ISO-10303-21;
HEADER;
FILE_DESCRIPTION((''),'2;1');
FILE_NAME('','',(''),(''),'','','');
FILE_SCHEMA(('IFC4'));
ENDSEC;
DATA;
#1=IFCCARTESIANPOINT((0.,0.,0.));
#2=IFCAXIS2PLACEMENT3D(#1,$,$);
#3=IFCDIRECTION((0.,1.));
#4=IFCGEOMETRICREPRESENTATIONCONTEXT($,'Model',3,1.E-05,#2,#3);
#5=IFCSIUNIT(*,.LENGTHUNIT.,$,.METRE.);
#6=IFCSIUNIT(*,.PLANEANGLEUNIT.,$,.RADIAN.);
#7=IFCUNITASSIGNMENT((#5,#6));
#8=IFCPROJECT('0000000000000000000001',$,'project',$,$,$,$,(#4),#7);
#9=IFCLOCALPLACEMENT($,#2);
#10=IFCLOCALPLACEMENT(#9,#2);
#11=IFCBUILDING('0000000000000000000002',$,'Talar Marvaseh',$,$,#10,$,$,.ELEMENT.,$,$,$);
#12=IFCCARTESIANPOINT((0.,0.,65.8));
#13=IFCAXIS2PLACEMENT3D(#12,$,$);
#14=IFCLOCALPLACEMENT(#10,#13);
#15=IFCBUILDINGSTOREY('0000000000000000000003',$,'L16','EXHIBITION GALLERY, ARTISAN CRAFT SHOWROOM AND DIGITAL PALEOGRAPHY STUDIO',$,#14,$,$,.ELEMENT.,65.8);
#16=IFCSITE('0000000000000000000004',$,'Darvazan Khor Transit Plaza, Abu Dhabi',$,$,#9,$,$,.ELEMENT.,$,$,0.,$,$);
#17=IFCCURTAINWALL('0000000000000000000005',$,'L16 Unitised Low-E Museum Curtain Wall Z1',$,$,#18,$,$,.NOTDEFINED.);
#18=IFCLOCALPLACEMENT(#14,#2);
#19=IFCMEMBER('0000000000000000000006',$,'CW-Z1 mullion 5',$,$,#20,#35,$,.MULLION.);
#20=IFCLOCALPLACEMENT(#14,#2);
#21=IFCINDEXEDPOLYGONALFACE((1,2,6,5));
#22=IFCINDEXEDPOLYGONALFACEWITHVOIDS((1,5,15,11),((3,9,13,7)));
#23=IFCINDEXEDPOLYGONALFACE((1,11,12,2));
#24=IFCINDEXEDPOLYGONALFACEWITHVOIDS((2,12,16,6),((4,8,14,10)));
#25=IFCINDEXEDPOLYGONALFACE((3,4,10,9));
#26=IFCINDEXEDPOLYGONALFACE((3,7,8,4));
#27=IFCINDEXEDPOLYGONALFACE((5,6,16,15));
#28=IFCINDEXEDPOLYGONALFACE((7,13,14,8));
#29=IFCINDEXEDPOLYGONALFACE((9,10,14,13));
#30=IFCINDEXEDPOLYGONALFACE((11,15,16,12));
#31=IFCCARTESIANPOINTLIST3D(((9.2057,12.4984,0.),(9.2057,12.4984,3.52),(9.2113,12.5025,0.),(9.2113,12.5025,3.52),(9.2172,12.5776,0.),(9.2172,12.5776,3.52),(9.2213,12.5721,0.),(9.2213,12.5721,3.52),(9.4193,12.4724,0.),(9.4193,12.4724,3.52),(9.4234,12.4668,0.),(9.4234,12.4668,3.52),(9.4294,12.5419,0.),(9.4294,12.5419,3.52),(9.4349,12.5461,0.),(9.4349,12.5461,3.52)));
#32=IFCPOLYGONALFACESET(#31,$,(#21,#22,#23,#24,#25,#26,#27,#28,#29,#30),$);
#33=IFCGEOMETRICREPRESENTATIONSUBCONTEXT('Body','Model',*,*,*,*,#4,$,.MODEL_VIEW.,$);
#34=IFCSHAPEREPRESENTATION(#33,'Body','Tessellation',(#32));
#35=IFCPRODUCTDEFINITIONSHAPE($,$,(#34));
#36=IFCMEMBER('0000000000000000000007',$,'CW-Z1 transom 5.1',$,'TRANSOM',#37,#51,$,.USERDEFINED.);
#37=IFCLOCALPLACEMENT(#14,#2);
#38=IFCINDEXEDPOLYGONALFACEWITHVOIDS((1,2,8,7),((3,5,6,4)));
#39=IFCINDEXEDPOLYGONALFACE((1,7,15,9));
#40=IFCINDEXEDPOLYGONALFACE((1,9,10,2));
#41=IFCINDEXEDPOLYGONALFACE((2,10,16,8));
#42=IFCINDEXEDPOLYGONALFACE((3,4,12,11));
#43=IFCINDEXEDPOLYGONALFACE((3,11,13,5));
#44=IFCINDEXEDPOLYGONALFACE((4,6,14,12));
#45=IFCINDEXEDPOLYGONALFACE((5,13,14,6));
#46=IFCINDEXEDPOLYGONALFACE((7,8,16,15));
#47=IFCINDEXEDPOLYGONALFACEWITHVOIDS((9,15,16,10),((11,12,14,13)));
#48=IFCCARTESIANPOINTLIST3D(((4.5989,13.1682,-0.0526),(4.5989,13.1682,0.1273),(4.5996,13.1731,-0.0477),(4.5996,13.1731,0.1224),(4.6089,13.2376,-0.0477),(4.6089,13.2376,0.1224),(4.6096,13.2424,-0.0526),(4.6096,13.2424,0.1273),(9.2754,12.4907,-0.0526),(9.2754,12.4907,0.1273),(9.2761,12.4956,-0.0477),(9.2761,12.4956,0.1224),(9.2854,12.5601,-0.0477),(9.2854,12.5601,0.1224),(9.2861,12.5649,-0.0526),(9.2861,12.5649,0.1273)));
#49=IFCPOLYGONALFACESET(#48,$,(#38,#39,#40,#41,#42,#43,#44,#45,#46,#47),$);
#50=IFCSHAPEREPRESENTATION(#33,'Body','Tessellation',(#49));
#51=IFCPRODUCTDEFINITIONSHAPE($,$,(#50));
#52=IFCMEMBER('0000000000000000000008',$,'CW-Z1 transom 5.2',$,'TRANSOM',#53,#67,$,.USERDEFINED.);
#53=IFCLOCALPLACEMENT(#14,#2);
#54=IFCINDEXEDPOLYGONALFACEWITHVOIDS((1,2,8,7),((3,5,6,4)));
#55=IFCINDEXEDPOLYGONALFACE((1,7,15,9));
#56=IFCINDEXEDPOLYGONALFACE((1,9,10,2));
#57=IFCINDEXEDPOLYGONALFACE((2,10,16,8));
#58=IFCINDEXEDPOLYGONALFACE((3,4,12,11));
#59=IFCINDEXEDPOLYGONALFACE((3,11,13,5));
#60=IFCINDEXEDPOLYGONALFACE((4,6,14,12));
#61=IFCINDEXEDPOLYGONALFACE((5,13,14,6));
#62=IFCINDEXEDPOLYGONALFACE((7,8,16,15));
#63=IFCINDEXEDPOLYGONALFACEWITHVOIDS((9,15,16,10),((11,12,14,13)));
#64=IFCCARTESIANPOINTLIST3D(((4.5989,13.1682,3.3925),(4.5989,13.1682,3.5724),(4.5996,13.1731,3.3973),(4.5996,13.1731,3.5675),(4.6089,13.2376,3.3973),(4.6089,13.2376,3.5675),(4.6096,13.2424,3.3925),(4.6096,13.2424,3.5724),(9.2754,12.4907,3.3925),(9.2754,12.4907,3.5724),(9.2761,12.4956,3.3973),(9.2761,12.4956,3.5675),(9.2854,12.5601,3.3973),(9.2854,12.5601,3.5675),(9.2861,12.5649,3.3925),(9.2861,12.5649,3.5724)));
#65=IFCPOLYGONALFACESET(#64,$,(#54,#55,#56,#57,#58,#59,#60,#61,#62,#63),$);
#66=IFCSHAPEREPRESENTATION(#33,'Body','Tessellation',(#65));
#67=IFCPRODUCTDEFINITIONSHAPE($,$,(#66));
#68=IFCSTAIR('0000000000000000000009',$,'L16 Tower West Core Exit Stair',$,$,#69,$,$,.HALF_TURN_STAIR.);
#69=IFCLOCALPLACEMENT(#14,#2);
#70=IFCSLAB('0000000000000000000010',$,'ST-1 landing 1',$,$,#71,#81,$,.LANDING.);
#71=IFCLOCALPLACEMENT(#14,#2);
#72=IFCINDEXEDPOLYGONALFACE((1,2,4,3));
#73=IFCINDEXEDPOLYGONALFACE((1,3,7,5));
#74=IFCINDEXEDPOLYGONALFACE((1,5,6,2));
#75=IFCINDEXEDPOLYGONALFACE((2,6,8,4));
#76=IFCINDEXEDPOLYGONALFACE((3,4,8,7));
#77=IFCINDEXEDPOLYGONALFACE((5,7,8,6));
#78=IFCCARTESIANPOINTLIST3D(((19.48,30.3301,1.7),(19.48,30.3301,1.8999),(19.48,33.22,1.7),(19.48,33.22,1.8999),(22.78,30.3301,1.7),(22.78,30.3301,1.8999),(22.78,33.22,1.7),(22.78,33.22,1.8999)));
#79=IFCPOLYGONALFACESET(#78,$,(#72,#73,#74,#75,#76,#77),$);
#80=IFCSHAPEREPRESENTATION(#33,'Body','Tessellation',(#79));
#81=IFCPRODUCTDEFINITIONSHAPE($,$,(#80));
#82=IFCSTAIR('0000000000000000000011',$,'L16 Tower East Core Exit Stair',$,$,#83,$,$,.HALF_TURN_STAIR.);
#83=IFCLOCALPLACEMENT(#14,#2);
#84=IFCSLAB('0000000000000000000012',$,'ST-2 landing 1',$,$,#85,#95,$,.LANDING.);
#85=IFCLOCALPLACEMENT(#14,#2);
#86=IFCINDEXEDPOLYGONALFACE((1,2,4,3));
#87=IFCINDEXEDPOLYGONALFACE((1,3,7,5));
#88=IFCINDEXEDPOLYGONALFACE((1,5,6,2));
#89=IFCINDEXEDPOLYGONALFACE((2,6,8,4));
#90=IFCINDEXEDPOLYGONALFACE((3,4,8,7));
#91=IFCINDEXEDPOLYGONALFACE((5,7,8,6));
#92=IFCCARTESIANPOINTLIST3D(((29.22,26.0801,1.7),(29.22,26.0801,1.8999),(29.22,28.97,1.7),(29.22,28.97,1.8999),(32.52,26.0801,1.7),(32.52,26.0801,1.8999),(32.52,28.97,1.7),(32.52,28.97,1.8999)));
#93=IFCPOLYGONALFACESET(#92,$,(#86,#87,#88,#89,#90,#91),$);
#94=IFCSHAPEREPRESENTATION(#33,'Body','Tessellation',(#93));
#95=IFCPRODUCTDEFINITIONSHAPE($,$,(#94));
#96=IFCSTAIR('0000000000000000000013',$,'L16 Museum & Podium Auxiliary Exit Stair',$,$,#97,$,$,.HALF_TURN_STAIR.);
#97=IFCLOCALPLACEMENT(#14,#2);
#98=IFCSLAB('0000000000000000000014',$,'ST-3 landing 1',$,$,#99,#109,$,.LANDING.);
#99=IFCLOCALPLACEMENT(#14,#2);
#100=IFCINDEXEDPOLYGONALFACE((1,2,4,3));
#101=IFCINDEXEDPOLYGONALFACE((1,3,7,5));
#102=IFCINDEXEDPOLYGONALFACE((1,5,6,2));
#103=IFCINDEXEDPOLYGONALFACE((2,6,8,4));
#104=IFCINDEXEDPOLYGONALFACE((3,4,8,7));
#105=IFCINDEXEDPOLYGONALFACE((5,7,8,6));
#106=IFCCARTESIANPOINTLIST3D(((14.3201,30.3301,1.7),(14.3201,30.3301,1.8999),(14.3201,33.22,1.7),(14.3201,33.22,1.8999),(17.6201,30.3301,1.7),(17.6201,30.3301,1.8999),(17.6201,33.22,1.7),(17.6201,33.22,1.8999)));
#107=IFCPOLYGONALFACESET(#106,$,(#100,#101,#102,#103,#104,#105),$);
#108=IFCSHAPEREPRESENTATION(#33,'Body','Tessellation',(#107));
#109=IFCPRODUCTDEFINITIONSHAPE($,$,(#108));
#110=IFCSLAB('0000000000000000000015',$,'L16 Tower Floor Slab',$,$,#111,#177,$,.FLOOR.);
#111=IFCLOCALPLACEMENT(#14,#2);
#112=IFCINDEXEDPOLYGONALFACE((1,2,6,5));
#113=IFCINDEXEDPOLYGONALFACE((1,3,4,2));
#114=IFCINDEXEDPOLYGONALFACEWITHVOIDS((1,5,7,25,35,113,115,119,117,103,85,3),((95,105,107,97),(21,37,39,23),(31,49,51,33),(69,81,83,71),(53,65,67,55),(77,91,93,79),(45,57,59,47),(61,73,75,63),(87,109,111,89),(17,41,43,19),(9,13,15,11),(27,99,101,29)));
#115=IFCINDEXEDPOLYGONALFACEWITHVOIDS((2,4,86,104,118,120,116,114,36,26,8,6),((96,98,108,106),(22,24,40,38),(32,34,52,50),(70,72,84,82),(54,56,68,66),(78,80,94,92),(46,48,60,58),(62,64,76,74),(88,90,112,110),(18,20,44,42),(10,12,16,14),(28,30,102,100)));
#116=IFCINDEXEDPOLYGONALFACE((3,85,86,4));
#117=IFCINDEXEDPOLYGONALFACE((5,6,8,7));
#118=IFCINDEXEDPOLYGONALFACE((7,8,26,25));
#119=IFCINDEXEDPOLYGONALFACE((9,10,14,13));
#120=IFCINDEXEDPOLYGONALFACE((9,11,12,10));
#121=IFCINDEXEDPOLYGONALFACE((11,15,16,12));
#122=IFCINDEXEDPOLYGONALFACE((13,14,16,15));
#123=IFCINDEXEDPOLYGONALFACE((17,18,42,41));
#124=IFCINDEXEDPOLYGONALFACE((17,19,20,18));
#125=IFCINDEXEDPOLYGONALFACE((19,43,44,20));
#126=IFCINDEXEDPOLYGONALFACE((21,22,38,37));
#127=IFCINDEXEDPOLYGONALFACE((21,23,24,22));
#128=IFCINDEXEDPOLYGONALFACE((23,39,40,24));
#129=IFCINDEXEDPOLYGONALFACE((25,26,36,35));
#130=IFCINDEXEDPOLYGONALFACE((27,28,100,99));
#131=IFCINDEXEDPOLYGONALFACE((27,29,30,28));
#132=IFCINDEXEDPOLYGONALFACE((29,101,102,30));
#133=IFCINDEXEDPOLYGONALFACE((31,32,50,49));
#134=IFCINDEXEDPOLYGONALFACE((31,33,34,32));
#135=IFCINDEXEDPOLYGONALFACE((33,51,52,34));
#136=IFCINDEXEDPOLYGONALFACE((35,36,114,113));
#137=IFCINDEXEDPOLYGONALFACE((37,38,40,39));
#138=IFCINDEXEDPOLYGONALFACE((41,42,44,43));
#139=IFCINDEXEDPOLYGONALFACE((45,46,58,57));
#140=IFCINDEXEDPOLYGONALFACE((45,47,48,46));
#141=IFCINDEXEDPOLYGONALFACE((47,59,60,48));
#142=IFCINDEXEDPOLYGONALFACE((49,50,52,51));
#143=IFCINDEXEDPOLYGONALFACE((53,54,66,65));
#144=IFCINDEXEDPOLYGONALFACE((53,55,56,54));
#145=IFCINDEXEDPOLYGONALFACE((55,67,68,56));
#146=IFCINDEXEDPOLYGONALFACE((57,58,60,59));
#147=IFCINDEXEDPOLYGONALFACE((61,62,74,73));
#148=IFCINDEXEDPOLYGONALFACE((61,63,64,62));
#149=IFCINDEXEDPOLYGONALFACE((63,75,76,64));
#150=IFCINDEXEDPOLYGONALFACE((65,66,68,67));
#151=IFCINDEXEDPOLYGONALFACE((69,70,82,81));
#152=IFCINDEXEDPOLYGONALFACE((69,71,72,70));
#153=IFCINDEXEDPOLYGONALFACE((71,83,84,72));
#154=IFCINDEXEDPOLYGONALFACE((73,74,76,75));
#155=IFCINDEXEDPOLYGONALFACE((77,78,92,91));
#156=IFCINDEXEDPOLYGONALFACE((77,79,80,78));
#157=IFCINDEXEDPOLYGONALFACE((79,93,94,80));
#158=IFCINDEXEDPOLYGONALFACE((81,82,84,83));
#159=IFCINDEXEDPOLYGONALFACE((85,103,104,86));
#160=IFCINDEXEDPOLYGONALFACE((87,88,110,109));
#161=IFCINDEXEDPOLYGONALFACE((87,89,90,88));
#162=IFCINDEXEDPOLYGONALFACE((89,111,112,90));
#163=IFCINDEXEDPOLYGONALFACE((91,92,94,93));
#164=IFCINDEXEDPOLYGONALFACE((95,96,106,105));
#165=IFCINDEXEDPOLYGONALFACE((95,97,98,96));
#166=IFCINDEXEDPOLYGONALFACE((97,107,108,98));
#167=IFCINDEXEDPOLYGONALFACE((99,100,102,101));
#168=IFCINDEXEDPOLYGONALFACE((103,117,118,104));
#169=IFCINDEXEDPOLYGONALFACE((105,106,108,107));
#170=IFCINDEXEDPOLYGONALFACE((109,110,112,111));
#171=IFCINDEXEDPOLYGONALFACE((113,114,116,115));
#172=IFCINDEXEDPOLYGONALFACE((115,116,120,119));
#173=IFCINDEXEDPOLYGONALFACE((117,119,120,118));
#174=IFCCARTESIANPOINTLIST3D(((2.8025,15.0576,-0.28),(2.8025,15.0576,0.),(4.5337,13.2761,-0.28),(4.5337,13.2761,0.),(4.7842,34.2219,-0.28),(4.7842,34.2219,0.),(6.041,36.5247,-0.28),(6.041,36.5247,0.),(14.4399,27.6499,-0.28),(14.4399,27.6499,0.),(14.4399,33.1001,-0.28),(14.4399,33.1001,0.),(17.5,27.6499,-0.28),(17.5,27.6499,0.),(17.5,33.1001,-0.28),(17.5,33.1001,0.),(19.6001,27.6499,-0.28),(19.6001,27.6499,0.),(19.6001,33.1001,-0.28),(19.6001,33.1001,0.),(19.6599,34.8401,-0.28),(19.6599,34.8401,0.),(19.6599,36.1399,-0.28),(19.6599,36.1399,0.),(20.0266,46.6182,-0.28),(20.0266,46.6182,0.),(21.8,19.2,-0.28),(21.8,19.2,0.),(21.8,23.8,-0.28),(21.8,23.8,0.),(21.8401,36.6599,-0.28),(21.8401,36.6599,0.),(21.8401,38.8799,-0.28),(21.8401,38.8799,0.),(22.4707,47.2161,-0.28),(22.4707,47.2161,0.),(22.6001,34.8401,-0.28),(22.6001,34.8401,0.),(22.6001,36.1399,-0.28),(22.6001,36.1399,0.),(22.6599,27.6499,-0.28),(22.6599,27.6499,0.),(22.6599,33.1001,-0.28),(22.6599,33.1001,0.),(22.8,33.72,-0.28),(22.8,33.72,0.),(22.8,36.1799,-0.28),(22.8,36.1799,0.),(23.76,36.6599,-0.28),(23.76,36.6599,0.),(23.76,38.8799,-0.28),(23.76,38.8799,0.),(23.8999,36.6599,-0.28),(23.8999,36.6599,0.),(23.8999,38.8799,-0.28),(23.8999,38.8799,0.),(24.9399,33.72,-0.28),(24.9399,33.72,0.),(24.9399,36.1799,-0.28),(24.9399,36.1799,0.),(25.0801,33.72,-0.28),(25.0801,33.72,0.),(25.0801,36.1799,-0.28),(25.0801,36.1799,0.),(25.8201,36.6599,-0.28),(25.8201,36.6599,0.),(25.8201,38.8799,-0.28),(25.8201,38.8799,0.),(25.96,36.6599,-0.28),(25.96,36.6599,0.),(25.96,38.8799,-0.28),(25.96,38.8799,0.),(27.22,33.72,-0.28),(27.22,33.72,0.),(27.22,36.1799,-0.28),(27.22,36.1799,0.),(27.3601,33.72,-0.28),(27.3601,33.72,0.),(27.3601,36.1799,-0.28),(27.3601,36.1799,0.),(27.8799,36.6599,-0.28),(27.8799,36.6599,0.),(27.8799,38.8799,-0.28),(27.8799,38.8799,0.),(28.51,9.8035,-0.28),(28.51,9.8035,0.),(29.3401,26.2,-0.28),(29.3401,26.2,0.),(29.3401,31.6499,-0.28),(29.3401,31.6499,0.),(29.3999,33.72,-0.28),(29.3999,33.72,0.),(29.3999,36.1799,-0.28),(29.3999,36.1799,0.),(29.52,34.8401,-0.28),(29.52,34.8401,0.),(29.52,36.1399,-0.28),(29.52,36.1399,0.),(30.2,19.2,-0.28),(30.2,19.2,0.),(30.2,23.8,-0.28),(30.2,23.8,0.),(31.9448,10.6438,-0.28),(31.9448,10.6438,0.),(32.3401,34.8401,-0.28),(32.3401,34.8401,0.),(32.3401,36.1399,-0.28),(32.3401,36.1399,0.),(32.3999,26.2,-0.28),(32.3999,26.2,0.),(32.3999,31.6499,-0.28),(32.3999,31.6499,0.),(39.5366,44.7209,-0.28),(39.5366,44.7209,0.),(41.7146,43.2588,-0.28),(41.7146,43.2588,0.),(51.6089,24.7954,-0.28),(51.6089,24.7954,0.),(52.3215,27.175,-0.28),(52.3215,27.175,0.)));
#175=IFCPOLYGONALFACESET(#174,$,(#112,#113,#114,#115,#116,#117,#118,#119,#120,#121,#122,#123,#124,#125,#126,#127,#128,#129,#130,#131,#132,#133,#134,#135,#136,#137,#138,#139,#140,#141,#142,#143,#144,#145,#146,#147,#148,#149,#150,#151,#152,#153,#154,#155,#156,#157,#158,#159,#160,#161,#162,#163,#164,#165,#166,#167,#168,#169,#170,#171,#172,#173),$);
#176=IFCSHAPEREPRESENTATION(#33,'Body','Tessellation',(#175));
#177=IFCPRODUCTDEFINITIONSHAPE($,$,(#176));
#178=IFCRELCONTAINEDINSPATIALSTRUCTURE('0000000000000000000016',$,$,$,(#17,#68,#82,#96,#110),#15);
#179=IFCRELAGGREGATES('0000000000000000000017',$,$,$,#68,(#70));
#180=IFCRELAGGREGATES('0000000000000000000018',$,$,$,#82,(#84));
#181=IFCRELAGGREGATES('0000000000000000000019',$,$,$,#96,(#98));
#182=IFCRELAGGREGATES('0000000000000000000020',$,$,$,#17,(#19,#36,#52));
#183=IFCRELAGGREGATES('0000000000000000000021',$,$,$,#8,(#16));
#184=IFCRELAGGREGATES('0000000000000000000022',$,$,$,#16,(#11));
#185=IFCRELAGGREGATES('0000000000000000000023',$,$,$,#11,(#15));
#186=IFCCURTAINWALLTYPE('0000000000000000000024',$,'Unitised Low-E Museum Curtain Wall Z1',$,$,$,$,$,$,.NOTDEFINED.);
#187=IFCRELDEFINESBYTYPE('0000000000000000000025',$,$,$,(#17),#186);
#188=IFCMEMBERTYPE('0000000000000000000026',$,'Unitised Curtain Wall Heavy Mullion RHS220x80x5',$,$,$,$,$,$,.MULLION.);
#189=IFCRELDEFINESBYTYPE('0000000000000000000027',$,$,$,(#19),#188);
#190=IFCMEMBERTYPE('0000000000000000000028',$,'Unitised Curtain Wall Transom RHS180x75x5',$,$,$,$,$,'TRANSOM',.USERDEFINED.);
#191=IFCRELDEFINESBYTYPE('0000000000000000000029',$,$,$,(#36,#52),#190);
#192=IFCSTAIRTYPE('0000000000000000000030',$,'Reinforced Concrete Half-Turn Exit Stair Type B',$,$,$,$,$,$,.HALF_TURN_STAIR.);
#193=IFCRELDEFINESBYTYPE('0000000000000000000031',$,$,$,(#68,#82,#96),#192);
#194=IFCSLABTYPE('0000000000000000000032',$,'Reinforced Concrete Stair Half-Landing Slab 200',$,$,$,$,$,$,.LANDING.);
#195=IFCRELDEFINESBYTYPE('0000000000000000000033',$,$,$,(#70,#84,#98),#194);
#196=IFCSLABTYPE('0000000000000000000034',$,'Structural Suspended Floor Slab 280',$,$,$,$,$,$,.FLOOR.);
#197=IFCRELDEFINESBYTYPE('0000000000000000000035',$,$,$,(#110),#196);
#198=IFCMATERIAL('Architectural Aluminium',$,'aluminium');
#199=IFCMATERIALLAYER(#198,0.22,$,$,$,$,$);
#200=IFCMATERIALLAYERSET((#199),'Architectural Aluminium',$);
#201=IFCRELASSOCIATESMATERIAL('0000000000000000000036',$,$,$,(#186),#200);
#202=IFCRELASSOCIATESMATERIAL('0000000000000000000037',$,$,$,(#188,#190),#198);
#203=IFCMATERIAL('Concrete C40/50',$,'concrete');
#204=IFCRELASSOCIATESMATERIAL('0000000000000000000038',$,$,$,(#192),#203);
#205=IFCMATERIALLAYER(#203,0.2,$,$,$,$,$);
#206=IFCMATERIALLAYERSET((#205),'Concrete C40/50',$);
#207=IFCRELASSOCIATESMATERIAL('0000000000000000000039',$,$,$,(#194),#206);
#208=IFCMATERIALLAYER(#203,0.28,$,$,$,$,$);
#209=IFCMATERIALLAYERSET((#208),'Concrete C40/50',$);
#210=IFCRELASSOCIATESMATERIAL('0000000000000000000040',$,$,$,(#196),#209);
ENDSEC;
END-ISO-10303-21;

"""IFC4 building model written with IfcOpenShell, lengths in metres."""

from ifc_helpers import new_model, si_unit, direction, frame, origin, origin_2d, place, context, subcontext, project, spatial, polyline, hollow_rectangle, outline, extrude, source, transform, mapped, material, layer, layer_set, material_profile, profile_set, type_object, type_shapes, element, aggregate, save


model = new_model("IFC4")

# Units and contexts
model_context = context("Model", 3, precision=1e-05, world=origin(), true_north=direction((0.0, 1.0)))
body_context = subcontext(model_context, "Body", "Model", "MODEL_VIEW")
ifc_project = project(units=[si_unit("LENGTHUNIT", "METRE"), si_unit("PLANEANGLEUNIT", "RADIAN")], contexts=[model_context])

# Site, building, storey
site_placement = place(None, origin())
site = spatial("IfcSite", under=ifc_project, at=site_placement, Name="Darvazan Khor Transit Plaza, Abu Dhabi", CompositionType="ELEMENT", RefElevation=0.0)
building_placement = place(site_placement, origin())
building = spatial("IfcBuilding", under=site, at=building_placement, Name="Talar Marvaseh", CompositionType="ELEMENT")
storey_placement = place(building_placement, frame((0.0, 0.0, 65.8)))
storey = spatial("IfcBuildingStorey", under=building, at=storey_placement, Name="L16", Description="EXHIBITION GALLERY, ARTISAN CRAFT SHOWROOM AND DIGITAL PALEOGRAPHY STUDIO", CompositionType="ELEMENT", Elevation=65.8)

# Curtain wall, members
ifc_material_1 = material(Name="Architectural Aluminium", Category="aluminium")
ifc_layer_1 = layer(ifc_material_1, 0.22)
ifc_layer_set_1 = layer_set([ifc_layer_1], Name="Architectural Aluminium")
curtain_wall_type = type_object("IfcCurtainWallType", Name="Unitised Low-E Museum Curtain Wall Z1", PredefinedType="NOTDEFINED", material=ifc_layer_set_1)
curtain_wall_placement = place(storey_placement, origin())
curtain_wall = element("IfcCurtainWall", 1, at=curtain_wall_placement, inside=storey, type_object=curtain_wall_type, Name="L16 Unitised Low-E Museum Curtain Wall Z1", PredefinedType="NOTDEFINED")
ifc_material_profile_1 = material_profile(ifc_material_1, hollow_rectangle(XDim=0.0801, YDim=0.22, WallThickness=0.0049, at=origin_2d()), Name="RHS220x80x5")
ifc_profile_set_1 = profile_set([ifc_material_profile_1], Name="Architectural Aluminium")
member_type_1 = type_object("IfcMemberType", Name="Unitised Curtain Wall Heavy Mullion RHS220x80x5", PredefinedType="MULLION", material=ifc_profile_set_1)
shared_shape_1 = source(origin(), body_context, "Body", "SweptSolid", [
    extrude(hollow_rectangle(XDim=0.0801, YDim=0.22, WallThickness=0.0049, at=origin_2d()), origin(), (0.0, 0.0, 1.0), 3.52),
])
type_shapes(member_type_1, [shared_shape_1])
member_1_placement = place(storey_placement, frame((9.3203, 12.5222, 0.0), z_axis=(0.0, 0.0, 1.0), x_axis=(-0.143338, -0.989674, 0.0)))
member_1 = element("IfcMember", 2, at=member_1_placement, type_object=member_type_1, Name="CW-Z1 mullion 5", PredefinedType="MULLION", context=body_context, shape_type="MappedRepresentation", body=[
    mapped(shared_shape_1, transform((0.0, 0.0, 0.0), x_axis=(1.0, 0.0, 0.0), y_axis=(0.0, 1.0, 0.0), z_axis=(0.0, 0.0, 1.0), scale=1.0)),
])
ifc_material_profile_2 = material_profile(ifc_material_1, hollow_rectangle(XDim=0.075, YDim=0.1799, WallThickness=0.0049, at=origin_2d()), Name="RHS180x75x5")
ifc_profile_set_2 = profile_set([ifc_material_profile_2], Name="Architectural Aluminium")
member_type_2 = type_object("IfcMemberType", Name="Unitised Curtain Wall Transom RHS180x75x5", ElementType="TRANSOM", PredefinedType="USERDEFINED", material=ifc_profile_set_2)
shared_shape_2 = source(origin(), body_context, "Body", "SweptSolid", [
    extrude(hollow_rectangle(XDim=0.075, YDim=0.1799, WallThickness=0.0049, at=origin_2d()), origin(), (0.0, 0.0, 1.0), 4.7253),
])
type_shapes(member_type_2, [shared_shape_2])
member_2_placement = place(storey_placement, frame((9.2808, 12.5278, 0.0374), z_axis=(-0.989669, 0.143374, 0.0), x_axis=(-0.143374, -0.989669, 0.0)))
member_2 = element("IfcMember", 3, at=member_2_placement, type_object=member_type_2, Name="CW-Z1 transom 5.1", ObjectType="TRANSOM", PredefinedType="USERDEFINED", context=body_context, shape_type="MappedRepresentation", body=[
    mapped(shared_shape_2, transform((0.0, 0.0, 0.0), x_axis=(1.0, 0.0, 0.0), y_axis=(0.0, 1.0, 0.0), z_axis=(0.0, 0.0, 1.0), scale=1.0)),
])
member_3_placement = place(storey_placement, frame((9.2808, 12.5278, 3.4824), z_axis=(-0.989669, 0.143374, 0.0), x_axis=(-0.143374, -0.989669, 0.0)))
member_3 = element("IfcMember", 4, at=member_3_placement, type_object=member_type_2, Name="CW-Z1 transom 5.2", ObjectType="TRANSOM", PredefinedType="USERDEFINED", context=body_context, shape_type="MappedRepresentation", body=[
    mapped(shared_shape_2, transform((0.0, 0.0, 0.0), x_axis=(1.0, 0.0, 0.0), y_axis=(0.0, 1.0, 0.0), z_axis=(0.0, 0.0, 1.0), scale=1.0)),
])

# Stairs, slabs
ifc_material_2 = material(Name="Concrete C40/50", Category="concrete")
stair_type = type_object("IfcStairType", Name="Reinforced Concrete Half-Turn Exit Stair Type B", PredefinedType="HALF_TURN_STAIR", material=ifc_material_2)
stair_1_placement = place(storey_placement, origin())
stair_1 = element("IfcStair", 5, at=stair_1_placement, inside=storey, type_object=stair_type, Name="L16 Tower West Core Exit Stair", PredefinedType="HALF_TURN_STAIR")
ifc_layer_2 = layer(ifc_material_2, 0.2)
ifc_layer_set_2 = layer_set([ifc_layer_2], Name="Concrete C40/50")
slab_type_1 = type_object("IfcSlabType", Name="Reinforced Concrete Stair Half-Landing Slab 200", PredefinedType="LANDING", material=ifc_layer_set_2)
slab_1_placement = place(storey_placement, frame((0.0, 0.0, 1.7)))
slab_1 = element("IfcSlab", 6, at=slab_1_placement, type_object=slab_type_1, Name="ST-1 landing 1", PredefinedType="LANDING", context=body_context, shape_type="SweptSolid", body=[
    extrude(outline(polyline([(22.78, 30.3301), (22.78, 33.22), (19.48, 33.22), (19.48, 30.3301), (22.78, 30.3301)])), origin(), (0.0, 0.0, 1.0), 0.2),
])
aggregate(stair_1, [slab_1])
stair_2_placement = place(storey_placement, origin())
stair_2 = element("IfcStair", 7, at=stair_2_placement, inside=storey, type_object=stair_type, Name="L16 Tower East Core Exit Stair", PredefinedType="HALF_TURN_STAIR")
slab_2_placement = place(storey_placement, frame((0.0, 0.0, 1.7)))
slab_2 = element("IfcSlab", 8, at=slab_2_placement, type_object=slab_type_1, Name="ST-2 landing 1", PredefinedType="LANDING", context=body_context, shape_type="SweptSolid", body=[
    extrude(outline(polyline([(29.22, 28.97), (29.22, 26.0801), (32.52, 26.0801), (32.52, 28.97), (29.22, 28.97)])), origin(), (0.0, 0.0, 1.0), 0.2),
])
aggregate(stair_2, [slab_2])
stair_3_placement = place(storey_placement, origin())
stair_3 = element("IfcStair", 9, at=stair_3_placement, inside=storey, type_object=stair_type, Name="L16 Museum & Podium Auxiliary Exit Stair", PredefinedType="HALF_TURN_STAIR")
slab_3_placement = place(storey_placement, frame((0.0, 0.0, 1.7)))
slab_3 = element("IfcSlab", 10, at=slab_3_placement, type_object=slab_type_1, Name="ST-3 landing 1", PredefinedType="LANDING", context=body_context, shape_type="SweptSolid", body=[
    extrude(outline(polyline([(17.6201, 30.3301), (17.6201, 33.22), (14.3201, 33.22), (14.3201, 30.3301), (17.6201, 30.3301)])), origin(), (0.0, 0.0, 1.0), 0.2),
])
aggregate(stair_3, [slab_3])

# Slab
ifc_layer_3 = layer(ifc_material_2, 0.28)
ifc_layer_set_3 = layer_set([ifc_layer_3], Name="Concrete C40/50")
slab_type_2 = type_object("IfcSlabType", Name="Structural Suspended Floor Slab 280", PredefinedType="FLOOR", material=ifc_layer_set_3)
slab_4_placement = place(storey_placement, frame((0.0, 0.0, -0.28)))
element("IfcSlab", 11, at=slab_4_placement, inside=storey, type_object=slab_type_2, Name="L16 Tower Floor Slab", PredefinedType="FLOOR", context=body_context, shape_type="SweptSolid", body=[
    extrude(outline(polyline([(4.5337, 13.2761), (2.8025, 15.0576), (4.7842, 34.2219), (6.041, 36.5247), (20.0266, 46.6182), (22.4707, 47.2161), (39.5366, 44.7209), (41.7146, 43.2588), (52.3215, 27.175), (51.6089, 24.7954), (31.9448, 10.6438), (28.51, 9.8035), (4.5337, 13.2761)]), holes=[polyline([(22.6599, 27.6499), (22.6599, 33.1001), (19.6001, 33.1001), (19.6001, 27.6499), (22.6599, 27.6499)]), polyline([(29.3401, 31.6499), (29.3401, 26.2), (32.3999, 26.2), (32.3999, 31.6499), (29.3401, 31.6499)]), polyline([(17.5, 27.6499), (17.5, 33.1001), (14.4399, 33.1001), (14.4399, 27.6499), (17.5, 27.6499)]), polyline([(22.8, 33.72), (24.9399, 33.72), (24.9399, 36.1799), (22.8, 36.1799), (22.8, 33.72)]), polyline([(25.0801, 33.72), (27.22, 33.72), (27.22, 36.1799), (25.0801, 36.1799), (25.0801, 33.72)]), polyline([(27.3601, 33.72), (29.3999, 33.72), (29.3999, 36.1799), (27.3601, 36.1799), (27.3601, 33.72)]), polyline([(21.8401, 36.6599), (23.76, 36.6599), (23.76, 38.8799), (21.8401, 38.8799), (21.8401, 36.6599)]), polyline([(23.8999, 36.6599), (25.8201, 36.6599), (25.8201, 38.8799), (23.8999, 38.8799), (23.8999, 36.6599)]), polyline([(25.96, 36.6599), (27.8799, 36.6599), (27.8799, 38.8799), (25.96, 38.8799), (25.96, 36.6599)]), polyline([(19.6599, 34.8401), (22.6001, 34.8401), (22.6001, 36.1399), (19.6599, 36.1399), (19.6599, 34.8401)]), polyline([(29.52, 34.8401), (32.3401, 34.8401), (32.3401, 36.1399), (29.52, 36.1399), (29.52, 34.8401)]), polyline([(21.8, 19.2), (30.2, 19.2), (30.2, 23.8), (21.8, 23.8), (21.8, 19.2)])]), origin(), (0.0, 0.0, 1.0), 0.28),
])

aggregate(curtain_wall, [member_1, member_2, member_3])

save(model, "model.ifc")
